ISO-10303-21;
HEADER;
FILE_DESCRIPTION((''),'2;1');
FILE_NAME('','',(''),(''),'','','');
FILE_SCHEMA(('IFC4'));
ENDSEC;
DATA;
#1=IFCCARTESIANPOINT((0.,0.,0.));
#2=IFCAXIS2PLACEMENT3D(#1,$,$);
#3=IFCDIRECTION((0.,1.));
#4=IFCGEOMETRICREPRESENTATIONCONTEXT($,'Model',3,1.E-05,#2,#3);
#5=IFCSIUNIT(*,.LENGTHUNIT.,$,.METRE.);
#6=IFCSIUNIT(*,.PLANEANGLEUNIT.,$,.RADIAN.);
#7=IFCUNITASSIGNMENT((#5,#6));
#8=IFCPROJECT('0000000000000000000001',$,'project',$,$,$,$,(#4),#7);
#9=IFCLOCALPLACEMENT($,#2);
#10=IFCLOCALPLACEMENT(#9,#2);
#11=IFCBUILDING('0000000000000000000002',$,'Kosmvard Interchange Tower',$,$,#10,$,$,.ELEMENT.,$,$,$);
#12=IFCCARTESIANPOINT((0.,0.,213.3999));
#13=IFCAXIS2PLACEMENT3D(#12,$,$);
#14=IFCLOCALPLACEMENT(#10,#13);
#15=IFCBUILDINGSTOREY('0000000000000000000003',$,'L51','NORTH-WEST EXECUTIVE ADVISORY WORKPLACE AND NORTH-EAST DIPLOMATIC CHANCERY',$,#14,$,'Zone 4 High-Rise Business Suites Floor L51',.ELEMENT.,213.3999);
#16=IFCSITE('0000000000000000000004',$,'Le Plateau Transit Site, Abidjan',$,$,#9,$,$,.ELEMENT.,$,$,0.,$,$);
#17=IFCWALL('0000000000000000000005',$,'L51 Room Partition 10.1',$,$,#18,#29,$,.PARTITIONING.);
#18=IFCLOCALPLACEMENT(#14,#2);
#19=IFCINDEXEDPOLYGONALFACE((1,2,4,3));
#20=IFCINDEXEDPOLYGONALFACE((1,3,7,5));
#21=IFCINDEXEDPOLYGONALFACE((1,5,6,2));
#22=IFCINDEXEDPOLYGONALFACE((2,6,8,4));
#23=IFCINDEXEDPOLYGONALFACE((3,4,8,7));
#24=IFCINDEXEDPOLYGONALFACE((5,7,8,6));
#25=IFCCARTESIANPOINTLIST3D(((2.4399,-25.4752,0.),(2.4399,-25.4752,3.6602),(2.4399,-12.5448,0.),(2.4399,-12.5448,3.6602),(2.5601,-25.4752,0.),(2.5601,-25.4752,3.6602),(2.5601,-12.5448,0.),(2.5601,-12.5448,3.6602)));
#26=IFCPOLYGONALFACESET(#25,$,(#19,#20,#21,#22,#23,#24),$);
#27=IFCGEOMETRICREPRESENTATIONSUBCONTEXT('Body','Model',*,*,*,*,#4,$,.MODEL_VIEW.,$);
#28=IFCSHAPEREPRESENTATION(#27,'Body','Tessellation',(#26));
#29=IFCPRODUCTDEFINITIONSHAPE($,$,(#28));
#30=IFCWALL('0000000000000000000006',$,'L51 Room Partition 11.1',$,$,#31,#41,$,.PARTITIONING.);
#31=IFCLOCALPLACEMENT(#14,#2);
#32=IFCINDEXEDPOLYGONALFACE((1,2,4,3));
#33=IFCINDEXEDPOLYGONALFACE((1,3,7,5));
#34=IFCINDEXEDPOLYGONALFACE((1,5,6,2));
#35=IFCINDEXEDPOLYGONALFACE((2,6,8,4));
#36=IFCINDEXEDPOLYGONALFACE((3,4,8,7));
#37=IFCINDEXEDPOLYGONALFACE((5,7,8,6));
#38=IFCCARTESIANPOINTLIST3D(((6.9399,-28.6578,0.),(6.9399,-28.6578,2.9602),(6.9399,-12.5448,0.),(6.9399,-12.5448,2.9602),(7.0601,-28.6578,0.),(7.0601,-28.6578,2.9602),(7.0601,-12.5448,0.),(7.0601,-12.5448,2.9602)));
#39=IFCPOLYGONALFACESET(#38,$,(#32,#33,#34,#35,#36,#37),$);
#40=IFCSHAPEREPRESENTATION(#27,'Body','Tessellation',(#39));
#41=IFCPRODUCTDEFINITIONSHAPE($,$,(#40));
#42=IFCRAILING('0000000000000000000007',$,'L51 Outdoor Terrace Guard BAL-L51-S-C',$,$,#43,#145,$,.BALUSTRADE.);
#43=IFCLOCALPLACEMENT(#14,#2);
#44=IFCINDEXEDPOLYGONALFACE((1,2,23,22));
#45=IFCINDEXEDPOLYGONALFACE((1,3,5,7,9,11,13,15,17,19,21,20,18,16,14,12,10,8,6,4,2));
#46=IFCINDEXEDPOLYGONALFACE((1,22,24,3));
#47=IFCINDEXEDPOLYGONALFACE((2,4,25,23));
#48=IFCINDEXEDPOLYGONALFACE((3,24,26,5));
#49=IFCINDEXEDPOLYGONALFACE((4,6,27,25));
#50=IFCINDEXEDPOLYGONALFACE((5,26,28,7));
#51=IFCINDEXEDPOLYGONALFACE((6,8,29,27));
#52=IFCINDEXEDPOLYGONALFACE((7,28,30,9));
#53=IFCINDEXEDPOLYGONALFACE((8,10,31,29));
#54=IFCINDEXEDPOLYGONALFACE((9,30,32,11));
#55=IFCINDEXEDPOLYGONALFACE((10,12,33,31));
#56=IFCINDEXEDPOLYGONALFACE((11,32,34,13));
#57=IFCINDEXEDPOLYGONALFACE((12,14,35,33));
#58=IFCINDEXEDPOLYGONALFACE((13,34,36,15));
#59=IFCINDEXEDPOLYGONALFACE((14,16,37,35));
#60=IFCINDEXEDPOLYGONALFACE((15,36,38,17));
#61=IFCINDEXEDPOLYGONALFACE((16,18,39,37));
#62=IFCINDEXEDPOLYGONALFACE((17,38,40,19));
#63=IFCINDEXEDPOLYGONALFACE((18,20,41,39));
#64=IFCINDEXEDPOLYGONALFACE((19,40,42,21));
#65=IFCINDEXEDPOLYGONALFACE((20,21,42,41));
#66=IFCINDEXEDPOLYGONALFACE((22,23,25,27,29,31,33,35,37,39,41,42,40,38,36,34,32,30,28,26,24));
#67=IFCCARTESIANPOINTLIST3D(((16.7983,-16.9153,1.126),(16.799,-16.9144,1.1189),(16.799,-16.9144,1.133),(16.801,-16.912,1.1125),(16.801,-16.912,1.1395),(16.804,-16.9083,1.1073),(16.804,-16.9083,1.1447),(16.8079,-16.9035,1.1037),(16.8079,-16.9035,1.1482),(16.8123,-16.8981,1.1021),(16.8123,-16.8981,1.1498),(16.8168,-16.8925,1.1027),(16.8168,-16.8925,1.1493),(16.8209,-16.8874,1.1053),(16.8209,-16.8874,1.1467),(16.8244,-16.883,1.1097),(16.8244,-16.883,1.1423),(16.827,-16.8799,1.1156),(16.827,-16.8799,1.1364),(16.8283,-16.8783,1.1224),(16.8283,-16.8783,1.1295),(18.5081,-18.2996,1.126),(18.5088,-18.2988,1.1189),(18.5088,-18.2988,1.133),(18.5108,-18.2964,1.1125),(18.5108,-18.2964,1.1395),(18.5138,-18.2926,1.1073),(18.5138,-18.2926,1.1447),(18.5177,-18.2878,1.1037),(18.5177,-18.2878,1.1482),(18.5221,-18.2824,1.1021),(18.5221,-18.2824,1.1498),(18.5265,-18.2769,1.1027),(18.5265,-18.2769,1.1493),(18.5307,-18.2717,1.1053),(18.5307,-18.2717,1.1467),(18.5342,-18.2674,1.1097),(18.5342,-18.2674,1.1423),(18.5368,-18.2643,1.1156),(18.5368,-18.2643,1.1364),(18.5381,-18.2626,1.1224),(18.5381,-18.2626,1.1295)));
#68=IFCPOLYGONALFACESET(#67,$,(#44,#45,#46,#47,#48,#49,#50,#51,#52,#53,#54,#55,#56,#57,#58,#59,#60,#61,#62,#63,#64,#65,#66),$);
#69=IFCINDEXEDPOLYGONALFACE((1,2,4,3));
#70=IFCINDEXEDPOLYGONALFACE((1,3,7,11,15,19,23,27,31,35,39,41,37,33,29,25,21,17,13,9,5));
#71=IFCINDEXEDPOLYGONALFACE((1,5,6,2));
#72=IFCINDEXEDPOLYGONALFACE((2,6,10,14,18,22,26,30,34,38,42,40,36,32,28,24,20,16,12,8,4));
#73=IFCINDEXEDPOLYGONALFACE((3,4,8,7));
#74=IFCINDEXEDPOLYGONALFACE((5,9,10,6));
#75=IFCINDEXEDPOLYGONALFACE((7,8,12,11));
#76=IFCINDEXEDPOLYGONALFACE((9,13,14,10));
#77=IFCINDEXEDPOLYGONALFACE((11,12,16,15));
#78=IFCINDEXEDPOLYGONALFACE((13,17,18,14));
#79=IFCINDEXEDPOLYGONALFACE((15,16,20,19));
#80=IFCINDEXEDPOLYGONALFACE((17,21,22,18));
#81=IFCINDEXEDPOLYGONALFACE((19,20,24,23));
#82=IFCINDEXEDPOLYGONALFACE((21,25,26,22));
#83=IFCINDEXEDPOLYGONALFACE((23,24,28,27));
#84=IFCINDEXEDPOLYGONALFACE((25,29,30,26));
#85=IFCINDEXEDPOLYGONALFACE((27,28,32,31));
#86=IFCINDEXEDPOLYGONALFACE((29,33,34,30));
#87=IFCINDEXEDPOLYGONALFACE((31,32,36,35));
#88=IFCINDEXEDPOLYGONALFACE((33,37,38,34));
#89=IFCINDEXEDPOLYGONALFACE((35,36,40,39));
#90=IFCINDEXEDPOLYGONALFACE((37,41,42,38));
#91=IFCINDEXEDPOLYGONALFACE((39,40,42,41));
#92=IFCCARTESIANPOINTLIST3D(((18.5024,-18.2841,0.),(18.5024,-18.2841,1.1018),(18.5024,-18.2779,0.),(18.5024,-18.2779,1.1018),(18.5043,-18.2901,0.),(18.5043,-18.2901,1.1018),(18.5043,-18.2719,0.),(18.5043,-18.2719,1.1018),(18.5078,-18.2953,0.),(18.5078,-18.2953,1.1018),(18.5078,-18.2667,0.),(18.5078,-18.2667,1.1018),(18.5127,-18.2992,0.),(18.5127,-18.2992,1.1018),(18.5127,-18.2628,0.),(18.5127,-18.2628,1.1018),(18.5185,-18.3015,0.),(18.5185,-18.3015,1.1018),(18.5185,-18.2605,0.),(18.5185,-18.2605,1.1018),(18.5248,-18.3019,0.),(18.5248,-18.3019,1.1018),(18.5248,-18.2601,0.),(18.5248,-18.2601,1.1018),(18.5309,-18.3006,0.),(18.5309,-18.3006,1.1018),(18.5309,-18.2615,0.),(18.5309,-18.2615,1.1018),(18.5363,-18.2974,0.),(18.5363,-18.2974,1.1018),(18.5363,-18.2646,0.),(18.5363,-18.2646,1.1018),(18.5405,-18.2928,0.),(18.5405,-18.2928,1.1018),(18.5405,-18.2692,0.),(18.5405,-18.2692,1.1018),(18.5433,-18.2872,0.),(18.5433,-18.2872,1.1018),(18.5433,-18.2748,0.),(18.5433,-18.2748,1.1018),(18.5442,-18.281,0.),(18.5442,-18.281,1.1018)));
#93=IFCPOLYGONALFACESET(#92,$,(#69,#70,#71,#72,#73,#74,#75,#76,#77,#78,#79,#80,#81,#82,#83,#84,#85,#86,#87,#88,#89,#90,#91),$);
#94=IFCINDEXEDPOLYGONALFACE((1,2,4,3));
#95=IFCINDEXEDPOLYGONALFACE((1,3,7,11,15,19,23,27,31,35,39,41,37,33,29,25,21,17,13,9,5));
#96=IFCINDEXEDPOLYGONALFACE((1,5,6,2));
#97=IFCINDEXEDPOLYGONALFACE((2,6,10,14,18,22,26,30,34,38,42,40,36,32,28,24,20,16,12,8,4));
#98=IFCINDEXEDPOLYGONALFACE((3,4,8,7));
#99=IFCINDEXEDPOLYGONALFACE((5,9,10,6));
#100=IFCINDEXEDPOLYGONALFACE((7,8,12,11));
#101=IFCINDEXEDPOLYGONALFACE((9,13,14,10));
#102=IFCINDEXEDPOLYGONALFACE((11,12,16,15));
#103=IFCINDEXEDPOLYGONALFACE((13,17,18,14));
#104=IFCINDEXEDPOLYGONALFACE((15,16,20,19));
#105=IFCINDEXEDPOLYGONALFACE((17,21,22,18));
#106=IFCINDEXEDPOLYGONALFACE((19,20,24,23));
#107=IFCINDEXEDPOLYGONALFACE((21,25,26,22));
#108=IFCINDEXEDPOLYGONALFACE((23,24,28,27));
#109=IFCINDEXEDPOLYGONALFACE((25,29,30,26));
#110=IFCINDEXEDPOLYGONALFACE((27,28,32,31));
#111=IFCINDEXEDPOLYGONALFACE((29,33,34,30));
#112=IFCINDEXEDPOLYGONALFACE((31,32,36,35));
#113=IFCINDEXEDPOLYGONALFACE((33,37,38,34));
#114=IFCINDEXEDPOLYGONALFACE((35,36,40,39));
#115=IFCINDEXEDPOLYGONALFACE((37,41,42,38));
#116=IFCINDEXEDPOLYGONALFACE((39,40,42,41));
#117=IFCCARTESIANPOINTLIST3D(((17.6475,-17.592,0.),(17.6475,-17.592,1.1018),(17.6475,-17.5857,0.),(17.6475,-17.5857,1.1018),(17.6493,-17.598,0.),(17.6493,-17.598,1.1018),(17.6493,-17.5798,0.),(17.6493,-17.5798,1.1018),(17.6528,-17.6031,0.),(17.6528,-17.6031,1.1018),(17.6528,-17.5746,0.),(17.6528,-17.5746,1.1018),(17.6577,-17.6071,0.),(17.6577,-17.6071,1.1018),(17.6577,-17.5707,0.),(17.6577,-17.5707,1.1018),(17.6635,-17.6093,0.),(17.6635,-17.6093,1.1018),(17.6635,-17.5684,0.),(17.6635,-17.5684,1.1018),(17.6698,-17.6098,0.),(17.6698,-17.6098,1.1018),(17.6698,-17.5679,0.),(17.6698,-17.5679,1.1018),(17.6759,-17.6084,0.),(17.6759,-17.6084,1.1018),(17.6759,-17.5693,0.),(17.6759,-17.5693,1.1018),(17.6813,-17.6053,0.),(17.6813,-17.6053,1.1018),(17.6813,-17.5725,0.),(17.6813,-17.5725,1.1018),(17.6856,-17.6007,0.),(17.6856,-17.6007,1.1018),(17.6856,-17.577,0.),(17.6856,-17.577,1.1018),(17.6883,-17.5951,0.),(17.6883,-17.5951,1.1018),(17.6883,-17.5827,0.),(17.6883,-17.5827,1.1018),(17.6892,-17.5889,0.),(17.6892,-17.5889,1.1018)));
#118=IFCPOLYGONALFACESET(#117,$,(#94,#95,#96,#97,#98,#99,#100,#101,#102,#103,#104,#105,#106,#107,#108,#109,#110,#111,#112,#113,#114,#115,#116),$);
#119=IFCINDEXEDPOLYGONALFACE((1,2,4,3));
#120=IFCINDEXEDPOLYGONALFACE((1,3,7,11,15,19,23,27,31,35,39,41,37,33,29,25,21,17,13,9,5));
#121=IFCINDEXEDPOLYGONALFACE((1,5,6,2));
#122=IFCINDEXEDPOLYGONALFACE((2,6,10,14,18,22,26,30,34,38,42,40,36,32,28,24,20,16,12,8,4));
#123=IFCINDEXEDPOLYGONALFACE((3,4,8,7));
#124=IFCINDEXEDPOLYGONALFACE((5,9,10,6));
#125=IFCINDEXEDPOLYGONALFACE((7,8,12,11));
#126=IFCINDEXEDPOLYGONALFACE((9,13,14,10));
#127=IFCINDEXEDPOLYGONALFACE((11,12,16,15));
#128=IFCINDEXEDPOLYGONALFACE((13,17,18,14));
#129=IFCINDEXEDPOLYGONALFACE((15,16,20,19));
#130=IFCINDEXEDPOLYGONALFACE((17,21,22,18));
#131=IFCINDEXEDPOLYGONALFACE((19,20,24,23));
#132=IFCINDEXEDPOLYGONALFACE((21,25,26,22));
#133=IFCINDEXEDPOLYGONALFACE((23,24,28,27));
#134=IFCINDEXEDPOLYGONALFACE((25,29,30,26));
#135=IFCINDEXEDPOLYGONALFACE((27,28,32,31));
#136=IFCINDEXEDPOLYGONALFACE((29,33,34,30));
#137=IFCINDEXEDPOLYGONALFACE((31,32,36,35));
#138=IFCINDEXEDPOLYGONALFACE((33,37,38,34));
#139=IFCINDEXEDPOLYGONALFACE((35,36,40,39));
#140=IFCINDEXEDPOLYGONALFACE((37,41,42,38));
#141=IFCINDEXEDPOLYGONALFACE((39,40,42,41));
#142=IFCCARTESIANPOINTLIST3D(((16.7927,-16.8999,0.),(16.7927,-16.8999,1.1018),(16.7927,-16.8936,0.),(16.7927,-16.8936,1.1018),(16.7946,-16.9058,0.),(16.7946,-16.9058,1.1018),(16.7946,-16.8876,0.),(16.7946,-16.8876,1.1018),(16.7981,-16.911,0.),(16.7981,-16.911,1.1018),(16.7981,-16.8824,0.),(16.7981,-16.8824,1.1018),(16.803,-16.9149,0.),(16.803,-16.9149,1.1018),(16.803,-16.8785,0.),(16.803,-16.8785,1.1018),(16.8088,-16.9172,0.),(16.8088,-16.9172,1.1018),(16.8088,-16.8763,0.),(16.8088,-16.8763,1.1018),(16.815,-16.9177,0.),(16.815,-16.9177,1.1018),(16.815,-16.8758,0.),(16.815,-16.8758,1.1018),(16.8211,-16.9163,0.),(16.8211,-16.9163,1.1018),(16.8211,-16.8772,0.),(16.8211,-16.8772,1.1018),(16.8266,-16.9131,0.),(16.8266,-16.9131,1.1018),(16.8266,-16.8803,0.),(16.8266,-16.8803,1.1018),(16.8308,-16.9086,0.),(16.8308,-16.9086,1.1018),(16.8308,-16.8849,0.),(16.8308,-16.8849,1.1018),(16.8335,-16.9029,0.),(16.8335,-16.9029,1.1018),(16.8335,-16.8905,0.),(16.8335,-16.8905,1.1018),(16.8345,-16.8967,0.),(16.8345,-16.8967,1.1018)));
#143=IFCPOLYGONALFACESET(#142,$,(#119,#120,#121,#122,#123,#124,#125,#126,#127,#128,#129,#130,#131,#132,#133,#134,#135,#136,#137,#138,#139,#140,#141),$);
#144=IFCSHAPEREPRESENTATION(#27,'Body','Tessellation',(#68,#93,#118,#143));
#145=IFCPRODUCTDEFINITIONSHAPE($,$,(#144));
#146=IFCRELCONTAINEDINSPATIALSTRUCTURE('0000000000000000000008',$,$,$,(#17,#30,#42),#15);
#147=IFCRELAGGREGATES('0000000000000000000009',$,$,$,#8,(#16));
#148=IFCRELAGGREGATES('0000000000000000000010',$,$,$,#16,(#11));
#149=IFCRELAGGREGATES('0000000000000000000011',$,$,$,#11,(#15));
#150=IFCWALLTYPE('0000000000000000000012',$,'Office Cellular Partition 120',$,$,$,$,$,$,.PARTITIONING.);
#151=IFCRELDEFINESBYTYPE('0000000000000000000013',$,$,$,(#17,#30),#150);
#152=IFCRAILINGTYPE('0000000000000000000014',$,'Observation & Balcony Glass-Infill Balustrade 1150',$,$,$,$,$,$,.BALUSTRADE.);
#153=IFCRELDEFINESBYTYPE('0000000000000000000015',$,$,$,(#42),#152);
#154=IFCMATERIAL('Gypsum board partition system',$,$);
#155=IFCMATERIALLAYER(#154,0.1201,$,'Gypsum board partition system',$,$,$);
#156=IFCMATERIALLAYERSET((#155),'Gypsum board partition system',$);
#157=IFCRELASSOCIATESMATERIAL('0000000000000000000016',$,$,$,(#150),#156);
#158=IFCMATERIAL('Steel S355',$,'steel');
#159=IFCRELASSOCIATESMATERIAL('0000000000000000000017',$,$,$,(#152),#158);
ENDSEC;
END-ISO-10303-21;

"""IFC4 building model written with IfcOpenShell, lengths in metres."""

from ifc_helpers import new_model, si_unit, direction, frame, frame_2d, origin, origin_2d, place, context, subcontext, project, spatial, rectangle, circle, extrude, source, transform, mapped, material, layer, layer_set, type_object, element, save


model = new_model("IFC4")

# Units and contexts
model_context = context("Model", 3, precision=1e-05, world=origin(), true_north=direction((0.0, 1.0)))
body_context = subcontext(model_context, "Body", "Model", "MODEL_VIEW")
ifc_project = project(units=[si_unit("LENGTHUNIT", "METRE"), si_unit("PLANEANGLEUNIT", "RADIAN")], contexts=[model_context])

# Site, building, storey
site_placement = place(None, origin())
site = spatial("IfcSite", under=ifc_project, at=site_placement, Name="Le Plateau Transit Site, Abidjan", CompositionType="ELEMENT", RefElevation=0.0)
building_placement = place(site_placement, origin())
building = spatial("IfcBuilding", under=site, at=building_placement, Name="Kosmvard Interchange Tower", CompositionType="ELEMENT")
storey_placement = place(building_placement, frame((0.0, 0.0, 213.3999)))
storey = spatial("IfcBuildingStorey", under=building, at=storey_placement, Name="L51", Description="NORTH-WEST EXECUTIVE ADVISORY WORKPLACE AND NORTH-EAST DIPLOMATIC CHANCERY", LongName="Zone 4 High-Rise Business Suites Floor L51", CompositionType="ELEMENT", Elevation=213.3999)

# Shared definitions
ifc_material_1 = material(Name="Steel S355", Category="steel")

# Walls
ifc_material_2 = material(Name="Gypsum board partition system")
ifc_layer_1 = layer(ifc_material_2, 0.1201, Name="Gypsum board partition system")
ifc_layer_set_1 = layer_set([ifc_layer_1], Name="Gypsum board partition system")
wall_type_1 = type_object("IfcWallType", Name="Office Cellular Partition 120", PredefinedType="PARTITIONING", material=ifc_layer_set_1)
wall_1_placement = place(storey_placement, frame((2.5, -25.4753, 0.0), z_axis=(0.0, 0.0, 1.0), x_axis=(0.0, 1.0, 0.0)))
element("IfcWall", 1, at=wall_1_placement, inside=storey, type_object=wall_type_1, Name="L51 Room Partition 10.1", PredefinedType="PARTITIONING", context=body_context, shape_type="SweptSolid", body=[
    extrude(rectangle(XDim=12.9304, YDim=0.1201, at=frame_2d((6.4653, 0.0))), origin(), (0.0, 0.0, 1.0), 3.6602),
])
wall_2_placement = place(storey_placement, frame((7.0, -28.658, 0.0), z_axis=(0.0, 0.0, 1.0), x_axis=(0.0, 1.0, 0.0)))
element("IfcWall", 2, at=wall_2_placement, inside=storey, type_object=wall_type_1, Name="L51 Room Partition 11.1", PredefinedType="PARTITIONING", context=body_context, shape_type="SweptSolid", body=[
    extrude(rectangle(XDim=16.113, YDim=0.1201, at=frame_2d((8.0566, 0.0))), origin(), (0.0, 0.0, 1.0), 2.9602),
])

# Railing
railing_type = type_object("IfcRailingType", Name="Observation & Balcony Glass-Infill Balustrade 1150", PredefinedType="BALUSTRADE", material=ifc_material_1)
shared_shape_1 = source(origin(), body_context, "Body", "SweptSolid", [
    extrude(circle(Radius=0.0239, at=origin_2d()), frame((0.0, 0.0, 1.126), z_axis=(-0.777196, 0.629259, 0.0), x_axis=(-0.629259, -0.777196, 0.0)), (0.0, 0.0, 1.0), 2.2),
    extrude(circle(Radius=0.021, at=origin_2d()), origin(), (0.0, 0.0, 1.0), 1.1018),
    extrude(circle(Radius=0.021, at=origin_2d()), frame((-0.855, 0.6921, 0.0)), (0.0, 0.0, 1.0), 1.1018),
    extrude(circle(Radius=0.021, at=origin_2d()), frame((-1.7097, 1.3843, 0.0)), (0.0, 0.0, 1.0), 1.1018),
])
railing_1_placement = place(storey_placement, frame((18.5232, -18.281, 0.0)))
element("IfcRailing", 3, at=railing_1_placement, inside=storey, type_object=railing_type, Name="L51 Outdoor Terrace Guard BAL-L51-S-C", PredefinedType="BALUSTRADE", context=body_context, shape_type="MappedRepresentation", body=[
    mapped(shared_shape_1, transform((0.0, 0.0, 0.0), scale=1.0)),
])

save(model, "model.ifc")
